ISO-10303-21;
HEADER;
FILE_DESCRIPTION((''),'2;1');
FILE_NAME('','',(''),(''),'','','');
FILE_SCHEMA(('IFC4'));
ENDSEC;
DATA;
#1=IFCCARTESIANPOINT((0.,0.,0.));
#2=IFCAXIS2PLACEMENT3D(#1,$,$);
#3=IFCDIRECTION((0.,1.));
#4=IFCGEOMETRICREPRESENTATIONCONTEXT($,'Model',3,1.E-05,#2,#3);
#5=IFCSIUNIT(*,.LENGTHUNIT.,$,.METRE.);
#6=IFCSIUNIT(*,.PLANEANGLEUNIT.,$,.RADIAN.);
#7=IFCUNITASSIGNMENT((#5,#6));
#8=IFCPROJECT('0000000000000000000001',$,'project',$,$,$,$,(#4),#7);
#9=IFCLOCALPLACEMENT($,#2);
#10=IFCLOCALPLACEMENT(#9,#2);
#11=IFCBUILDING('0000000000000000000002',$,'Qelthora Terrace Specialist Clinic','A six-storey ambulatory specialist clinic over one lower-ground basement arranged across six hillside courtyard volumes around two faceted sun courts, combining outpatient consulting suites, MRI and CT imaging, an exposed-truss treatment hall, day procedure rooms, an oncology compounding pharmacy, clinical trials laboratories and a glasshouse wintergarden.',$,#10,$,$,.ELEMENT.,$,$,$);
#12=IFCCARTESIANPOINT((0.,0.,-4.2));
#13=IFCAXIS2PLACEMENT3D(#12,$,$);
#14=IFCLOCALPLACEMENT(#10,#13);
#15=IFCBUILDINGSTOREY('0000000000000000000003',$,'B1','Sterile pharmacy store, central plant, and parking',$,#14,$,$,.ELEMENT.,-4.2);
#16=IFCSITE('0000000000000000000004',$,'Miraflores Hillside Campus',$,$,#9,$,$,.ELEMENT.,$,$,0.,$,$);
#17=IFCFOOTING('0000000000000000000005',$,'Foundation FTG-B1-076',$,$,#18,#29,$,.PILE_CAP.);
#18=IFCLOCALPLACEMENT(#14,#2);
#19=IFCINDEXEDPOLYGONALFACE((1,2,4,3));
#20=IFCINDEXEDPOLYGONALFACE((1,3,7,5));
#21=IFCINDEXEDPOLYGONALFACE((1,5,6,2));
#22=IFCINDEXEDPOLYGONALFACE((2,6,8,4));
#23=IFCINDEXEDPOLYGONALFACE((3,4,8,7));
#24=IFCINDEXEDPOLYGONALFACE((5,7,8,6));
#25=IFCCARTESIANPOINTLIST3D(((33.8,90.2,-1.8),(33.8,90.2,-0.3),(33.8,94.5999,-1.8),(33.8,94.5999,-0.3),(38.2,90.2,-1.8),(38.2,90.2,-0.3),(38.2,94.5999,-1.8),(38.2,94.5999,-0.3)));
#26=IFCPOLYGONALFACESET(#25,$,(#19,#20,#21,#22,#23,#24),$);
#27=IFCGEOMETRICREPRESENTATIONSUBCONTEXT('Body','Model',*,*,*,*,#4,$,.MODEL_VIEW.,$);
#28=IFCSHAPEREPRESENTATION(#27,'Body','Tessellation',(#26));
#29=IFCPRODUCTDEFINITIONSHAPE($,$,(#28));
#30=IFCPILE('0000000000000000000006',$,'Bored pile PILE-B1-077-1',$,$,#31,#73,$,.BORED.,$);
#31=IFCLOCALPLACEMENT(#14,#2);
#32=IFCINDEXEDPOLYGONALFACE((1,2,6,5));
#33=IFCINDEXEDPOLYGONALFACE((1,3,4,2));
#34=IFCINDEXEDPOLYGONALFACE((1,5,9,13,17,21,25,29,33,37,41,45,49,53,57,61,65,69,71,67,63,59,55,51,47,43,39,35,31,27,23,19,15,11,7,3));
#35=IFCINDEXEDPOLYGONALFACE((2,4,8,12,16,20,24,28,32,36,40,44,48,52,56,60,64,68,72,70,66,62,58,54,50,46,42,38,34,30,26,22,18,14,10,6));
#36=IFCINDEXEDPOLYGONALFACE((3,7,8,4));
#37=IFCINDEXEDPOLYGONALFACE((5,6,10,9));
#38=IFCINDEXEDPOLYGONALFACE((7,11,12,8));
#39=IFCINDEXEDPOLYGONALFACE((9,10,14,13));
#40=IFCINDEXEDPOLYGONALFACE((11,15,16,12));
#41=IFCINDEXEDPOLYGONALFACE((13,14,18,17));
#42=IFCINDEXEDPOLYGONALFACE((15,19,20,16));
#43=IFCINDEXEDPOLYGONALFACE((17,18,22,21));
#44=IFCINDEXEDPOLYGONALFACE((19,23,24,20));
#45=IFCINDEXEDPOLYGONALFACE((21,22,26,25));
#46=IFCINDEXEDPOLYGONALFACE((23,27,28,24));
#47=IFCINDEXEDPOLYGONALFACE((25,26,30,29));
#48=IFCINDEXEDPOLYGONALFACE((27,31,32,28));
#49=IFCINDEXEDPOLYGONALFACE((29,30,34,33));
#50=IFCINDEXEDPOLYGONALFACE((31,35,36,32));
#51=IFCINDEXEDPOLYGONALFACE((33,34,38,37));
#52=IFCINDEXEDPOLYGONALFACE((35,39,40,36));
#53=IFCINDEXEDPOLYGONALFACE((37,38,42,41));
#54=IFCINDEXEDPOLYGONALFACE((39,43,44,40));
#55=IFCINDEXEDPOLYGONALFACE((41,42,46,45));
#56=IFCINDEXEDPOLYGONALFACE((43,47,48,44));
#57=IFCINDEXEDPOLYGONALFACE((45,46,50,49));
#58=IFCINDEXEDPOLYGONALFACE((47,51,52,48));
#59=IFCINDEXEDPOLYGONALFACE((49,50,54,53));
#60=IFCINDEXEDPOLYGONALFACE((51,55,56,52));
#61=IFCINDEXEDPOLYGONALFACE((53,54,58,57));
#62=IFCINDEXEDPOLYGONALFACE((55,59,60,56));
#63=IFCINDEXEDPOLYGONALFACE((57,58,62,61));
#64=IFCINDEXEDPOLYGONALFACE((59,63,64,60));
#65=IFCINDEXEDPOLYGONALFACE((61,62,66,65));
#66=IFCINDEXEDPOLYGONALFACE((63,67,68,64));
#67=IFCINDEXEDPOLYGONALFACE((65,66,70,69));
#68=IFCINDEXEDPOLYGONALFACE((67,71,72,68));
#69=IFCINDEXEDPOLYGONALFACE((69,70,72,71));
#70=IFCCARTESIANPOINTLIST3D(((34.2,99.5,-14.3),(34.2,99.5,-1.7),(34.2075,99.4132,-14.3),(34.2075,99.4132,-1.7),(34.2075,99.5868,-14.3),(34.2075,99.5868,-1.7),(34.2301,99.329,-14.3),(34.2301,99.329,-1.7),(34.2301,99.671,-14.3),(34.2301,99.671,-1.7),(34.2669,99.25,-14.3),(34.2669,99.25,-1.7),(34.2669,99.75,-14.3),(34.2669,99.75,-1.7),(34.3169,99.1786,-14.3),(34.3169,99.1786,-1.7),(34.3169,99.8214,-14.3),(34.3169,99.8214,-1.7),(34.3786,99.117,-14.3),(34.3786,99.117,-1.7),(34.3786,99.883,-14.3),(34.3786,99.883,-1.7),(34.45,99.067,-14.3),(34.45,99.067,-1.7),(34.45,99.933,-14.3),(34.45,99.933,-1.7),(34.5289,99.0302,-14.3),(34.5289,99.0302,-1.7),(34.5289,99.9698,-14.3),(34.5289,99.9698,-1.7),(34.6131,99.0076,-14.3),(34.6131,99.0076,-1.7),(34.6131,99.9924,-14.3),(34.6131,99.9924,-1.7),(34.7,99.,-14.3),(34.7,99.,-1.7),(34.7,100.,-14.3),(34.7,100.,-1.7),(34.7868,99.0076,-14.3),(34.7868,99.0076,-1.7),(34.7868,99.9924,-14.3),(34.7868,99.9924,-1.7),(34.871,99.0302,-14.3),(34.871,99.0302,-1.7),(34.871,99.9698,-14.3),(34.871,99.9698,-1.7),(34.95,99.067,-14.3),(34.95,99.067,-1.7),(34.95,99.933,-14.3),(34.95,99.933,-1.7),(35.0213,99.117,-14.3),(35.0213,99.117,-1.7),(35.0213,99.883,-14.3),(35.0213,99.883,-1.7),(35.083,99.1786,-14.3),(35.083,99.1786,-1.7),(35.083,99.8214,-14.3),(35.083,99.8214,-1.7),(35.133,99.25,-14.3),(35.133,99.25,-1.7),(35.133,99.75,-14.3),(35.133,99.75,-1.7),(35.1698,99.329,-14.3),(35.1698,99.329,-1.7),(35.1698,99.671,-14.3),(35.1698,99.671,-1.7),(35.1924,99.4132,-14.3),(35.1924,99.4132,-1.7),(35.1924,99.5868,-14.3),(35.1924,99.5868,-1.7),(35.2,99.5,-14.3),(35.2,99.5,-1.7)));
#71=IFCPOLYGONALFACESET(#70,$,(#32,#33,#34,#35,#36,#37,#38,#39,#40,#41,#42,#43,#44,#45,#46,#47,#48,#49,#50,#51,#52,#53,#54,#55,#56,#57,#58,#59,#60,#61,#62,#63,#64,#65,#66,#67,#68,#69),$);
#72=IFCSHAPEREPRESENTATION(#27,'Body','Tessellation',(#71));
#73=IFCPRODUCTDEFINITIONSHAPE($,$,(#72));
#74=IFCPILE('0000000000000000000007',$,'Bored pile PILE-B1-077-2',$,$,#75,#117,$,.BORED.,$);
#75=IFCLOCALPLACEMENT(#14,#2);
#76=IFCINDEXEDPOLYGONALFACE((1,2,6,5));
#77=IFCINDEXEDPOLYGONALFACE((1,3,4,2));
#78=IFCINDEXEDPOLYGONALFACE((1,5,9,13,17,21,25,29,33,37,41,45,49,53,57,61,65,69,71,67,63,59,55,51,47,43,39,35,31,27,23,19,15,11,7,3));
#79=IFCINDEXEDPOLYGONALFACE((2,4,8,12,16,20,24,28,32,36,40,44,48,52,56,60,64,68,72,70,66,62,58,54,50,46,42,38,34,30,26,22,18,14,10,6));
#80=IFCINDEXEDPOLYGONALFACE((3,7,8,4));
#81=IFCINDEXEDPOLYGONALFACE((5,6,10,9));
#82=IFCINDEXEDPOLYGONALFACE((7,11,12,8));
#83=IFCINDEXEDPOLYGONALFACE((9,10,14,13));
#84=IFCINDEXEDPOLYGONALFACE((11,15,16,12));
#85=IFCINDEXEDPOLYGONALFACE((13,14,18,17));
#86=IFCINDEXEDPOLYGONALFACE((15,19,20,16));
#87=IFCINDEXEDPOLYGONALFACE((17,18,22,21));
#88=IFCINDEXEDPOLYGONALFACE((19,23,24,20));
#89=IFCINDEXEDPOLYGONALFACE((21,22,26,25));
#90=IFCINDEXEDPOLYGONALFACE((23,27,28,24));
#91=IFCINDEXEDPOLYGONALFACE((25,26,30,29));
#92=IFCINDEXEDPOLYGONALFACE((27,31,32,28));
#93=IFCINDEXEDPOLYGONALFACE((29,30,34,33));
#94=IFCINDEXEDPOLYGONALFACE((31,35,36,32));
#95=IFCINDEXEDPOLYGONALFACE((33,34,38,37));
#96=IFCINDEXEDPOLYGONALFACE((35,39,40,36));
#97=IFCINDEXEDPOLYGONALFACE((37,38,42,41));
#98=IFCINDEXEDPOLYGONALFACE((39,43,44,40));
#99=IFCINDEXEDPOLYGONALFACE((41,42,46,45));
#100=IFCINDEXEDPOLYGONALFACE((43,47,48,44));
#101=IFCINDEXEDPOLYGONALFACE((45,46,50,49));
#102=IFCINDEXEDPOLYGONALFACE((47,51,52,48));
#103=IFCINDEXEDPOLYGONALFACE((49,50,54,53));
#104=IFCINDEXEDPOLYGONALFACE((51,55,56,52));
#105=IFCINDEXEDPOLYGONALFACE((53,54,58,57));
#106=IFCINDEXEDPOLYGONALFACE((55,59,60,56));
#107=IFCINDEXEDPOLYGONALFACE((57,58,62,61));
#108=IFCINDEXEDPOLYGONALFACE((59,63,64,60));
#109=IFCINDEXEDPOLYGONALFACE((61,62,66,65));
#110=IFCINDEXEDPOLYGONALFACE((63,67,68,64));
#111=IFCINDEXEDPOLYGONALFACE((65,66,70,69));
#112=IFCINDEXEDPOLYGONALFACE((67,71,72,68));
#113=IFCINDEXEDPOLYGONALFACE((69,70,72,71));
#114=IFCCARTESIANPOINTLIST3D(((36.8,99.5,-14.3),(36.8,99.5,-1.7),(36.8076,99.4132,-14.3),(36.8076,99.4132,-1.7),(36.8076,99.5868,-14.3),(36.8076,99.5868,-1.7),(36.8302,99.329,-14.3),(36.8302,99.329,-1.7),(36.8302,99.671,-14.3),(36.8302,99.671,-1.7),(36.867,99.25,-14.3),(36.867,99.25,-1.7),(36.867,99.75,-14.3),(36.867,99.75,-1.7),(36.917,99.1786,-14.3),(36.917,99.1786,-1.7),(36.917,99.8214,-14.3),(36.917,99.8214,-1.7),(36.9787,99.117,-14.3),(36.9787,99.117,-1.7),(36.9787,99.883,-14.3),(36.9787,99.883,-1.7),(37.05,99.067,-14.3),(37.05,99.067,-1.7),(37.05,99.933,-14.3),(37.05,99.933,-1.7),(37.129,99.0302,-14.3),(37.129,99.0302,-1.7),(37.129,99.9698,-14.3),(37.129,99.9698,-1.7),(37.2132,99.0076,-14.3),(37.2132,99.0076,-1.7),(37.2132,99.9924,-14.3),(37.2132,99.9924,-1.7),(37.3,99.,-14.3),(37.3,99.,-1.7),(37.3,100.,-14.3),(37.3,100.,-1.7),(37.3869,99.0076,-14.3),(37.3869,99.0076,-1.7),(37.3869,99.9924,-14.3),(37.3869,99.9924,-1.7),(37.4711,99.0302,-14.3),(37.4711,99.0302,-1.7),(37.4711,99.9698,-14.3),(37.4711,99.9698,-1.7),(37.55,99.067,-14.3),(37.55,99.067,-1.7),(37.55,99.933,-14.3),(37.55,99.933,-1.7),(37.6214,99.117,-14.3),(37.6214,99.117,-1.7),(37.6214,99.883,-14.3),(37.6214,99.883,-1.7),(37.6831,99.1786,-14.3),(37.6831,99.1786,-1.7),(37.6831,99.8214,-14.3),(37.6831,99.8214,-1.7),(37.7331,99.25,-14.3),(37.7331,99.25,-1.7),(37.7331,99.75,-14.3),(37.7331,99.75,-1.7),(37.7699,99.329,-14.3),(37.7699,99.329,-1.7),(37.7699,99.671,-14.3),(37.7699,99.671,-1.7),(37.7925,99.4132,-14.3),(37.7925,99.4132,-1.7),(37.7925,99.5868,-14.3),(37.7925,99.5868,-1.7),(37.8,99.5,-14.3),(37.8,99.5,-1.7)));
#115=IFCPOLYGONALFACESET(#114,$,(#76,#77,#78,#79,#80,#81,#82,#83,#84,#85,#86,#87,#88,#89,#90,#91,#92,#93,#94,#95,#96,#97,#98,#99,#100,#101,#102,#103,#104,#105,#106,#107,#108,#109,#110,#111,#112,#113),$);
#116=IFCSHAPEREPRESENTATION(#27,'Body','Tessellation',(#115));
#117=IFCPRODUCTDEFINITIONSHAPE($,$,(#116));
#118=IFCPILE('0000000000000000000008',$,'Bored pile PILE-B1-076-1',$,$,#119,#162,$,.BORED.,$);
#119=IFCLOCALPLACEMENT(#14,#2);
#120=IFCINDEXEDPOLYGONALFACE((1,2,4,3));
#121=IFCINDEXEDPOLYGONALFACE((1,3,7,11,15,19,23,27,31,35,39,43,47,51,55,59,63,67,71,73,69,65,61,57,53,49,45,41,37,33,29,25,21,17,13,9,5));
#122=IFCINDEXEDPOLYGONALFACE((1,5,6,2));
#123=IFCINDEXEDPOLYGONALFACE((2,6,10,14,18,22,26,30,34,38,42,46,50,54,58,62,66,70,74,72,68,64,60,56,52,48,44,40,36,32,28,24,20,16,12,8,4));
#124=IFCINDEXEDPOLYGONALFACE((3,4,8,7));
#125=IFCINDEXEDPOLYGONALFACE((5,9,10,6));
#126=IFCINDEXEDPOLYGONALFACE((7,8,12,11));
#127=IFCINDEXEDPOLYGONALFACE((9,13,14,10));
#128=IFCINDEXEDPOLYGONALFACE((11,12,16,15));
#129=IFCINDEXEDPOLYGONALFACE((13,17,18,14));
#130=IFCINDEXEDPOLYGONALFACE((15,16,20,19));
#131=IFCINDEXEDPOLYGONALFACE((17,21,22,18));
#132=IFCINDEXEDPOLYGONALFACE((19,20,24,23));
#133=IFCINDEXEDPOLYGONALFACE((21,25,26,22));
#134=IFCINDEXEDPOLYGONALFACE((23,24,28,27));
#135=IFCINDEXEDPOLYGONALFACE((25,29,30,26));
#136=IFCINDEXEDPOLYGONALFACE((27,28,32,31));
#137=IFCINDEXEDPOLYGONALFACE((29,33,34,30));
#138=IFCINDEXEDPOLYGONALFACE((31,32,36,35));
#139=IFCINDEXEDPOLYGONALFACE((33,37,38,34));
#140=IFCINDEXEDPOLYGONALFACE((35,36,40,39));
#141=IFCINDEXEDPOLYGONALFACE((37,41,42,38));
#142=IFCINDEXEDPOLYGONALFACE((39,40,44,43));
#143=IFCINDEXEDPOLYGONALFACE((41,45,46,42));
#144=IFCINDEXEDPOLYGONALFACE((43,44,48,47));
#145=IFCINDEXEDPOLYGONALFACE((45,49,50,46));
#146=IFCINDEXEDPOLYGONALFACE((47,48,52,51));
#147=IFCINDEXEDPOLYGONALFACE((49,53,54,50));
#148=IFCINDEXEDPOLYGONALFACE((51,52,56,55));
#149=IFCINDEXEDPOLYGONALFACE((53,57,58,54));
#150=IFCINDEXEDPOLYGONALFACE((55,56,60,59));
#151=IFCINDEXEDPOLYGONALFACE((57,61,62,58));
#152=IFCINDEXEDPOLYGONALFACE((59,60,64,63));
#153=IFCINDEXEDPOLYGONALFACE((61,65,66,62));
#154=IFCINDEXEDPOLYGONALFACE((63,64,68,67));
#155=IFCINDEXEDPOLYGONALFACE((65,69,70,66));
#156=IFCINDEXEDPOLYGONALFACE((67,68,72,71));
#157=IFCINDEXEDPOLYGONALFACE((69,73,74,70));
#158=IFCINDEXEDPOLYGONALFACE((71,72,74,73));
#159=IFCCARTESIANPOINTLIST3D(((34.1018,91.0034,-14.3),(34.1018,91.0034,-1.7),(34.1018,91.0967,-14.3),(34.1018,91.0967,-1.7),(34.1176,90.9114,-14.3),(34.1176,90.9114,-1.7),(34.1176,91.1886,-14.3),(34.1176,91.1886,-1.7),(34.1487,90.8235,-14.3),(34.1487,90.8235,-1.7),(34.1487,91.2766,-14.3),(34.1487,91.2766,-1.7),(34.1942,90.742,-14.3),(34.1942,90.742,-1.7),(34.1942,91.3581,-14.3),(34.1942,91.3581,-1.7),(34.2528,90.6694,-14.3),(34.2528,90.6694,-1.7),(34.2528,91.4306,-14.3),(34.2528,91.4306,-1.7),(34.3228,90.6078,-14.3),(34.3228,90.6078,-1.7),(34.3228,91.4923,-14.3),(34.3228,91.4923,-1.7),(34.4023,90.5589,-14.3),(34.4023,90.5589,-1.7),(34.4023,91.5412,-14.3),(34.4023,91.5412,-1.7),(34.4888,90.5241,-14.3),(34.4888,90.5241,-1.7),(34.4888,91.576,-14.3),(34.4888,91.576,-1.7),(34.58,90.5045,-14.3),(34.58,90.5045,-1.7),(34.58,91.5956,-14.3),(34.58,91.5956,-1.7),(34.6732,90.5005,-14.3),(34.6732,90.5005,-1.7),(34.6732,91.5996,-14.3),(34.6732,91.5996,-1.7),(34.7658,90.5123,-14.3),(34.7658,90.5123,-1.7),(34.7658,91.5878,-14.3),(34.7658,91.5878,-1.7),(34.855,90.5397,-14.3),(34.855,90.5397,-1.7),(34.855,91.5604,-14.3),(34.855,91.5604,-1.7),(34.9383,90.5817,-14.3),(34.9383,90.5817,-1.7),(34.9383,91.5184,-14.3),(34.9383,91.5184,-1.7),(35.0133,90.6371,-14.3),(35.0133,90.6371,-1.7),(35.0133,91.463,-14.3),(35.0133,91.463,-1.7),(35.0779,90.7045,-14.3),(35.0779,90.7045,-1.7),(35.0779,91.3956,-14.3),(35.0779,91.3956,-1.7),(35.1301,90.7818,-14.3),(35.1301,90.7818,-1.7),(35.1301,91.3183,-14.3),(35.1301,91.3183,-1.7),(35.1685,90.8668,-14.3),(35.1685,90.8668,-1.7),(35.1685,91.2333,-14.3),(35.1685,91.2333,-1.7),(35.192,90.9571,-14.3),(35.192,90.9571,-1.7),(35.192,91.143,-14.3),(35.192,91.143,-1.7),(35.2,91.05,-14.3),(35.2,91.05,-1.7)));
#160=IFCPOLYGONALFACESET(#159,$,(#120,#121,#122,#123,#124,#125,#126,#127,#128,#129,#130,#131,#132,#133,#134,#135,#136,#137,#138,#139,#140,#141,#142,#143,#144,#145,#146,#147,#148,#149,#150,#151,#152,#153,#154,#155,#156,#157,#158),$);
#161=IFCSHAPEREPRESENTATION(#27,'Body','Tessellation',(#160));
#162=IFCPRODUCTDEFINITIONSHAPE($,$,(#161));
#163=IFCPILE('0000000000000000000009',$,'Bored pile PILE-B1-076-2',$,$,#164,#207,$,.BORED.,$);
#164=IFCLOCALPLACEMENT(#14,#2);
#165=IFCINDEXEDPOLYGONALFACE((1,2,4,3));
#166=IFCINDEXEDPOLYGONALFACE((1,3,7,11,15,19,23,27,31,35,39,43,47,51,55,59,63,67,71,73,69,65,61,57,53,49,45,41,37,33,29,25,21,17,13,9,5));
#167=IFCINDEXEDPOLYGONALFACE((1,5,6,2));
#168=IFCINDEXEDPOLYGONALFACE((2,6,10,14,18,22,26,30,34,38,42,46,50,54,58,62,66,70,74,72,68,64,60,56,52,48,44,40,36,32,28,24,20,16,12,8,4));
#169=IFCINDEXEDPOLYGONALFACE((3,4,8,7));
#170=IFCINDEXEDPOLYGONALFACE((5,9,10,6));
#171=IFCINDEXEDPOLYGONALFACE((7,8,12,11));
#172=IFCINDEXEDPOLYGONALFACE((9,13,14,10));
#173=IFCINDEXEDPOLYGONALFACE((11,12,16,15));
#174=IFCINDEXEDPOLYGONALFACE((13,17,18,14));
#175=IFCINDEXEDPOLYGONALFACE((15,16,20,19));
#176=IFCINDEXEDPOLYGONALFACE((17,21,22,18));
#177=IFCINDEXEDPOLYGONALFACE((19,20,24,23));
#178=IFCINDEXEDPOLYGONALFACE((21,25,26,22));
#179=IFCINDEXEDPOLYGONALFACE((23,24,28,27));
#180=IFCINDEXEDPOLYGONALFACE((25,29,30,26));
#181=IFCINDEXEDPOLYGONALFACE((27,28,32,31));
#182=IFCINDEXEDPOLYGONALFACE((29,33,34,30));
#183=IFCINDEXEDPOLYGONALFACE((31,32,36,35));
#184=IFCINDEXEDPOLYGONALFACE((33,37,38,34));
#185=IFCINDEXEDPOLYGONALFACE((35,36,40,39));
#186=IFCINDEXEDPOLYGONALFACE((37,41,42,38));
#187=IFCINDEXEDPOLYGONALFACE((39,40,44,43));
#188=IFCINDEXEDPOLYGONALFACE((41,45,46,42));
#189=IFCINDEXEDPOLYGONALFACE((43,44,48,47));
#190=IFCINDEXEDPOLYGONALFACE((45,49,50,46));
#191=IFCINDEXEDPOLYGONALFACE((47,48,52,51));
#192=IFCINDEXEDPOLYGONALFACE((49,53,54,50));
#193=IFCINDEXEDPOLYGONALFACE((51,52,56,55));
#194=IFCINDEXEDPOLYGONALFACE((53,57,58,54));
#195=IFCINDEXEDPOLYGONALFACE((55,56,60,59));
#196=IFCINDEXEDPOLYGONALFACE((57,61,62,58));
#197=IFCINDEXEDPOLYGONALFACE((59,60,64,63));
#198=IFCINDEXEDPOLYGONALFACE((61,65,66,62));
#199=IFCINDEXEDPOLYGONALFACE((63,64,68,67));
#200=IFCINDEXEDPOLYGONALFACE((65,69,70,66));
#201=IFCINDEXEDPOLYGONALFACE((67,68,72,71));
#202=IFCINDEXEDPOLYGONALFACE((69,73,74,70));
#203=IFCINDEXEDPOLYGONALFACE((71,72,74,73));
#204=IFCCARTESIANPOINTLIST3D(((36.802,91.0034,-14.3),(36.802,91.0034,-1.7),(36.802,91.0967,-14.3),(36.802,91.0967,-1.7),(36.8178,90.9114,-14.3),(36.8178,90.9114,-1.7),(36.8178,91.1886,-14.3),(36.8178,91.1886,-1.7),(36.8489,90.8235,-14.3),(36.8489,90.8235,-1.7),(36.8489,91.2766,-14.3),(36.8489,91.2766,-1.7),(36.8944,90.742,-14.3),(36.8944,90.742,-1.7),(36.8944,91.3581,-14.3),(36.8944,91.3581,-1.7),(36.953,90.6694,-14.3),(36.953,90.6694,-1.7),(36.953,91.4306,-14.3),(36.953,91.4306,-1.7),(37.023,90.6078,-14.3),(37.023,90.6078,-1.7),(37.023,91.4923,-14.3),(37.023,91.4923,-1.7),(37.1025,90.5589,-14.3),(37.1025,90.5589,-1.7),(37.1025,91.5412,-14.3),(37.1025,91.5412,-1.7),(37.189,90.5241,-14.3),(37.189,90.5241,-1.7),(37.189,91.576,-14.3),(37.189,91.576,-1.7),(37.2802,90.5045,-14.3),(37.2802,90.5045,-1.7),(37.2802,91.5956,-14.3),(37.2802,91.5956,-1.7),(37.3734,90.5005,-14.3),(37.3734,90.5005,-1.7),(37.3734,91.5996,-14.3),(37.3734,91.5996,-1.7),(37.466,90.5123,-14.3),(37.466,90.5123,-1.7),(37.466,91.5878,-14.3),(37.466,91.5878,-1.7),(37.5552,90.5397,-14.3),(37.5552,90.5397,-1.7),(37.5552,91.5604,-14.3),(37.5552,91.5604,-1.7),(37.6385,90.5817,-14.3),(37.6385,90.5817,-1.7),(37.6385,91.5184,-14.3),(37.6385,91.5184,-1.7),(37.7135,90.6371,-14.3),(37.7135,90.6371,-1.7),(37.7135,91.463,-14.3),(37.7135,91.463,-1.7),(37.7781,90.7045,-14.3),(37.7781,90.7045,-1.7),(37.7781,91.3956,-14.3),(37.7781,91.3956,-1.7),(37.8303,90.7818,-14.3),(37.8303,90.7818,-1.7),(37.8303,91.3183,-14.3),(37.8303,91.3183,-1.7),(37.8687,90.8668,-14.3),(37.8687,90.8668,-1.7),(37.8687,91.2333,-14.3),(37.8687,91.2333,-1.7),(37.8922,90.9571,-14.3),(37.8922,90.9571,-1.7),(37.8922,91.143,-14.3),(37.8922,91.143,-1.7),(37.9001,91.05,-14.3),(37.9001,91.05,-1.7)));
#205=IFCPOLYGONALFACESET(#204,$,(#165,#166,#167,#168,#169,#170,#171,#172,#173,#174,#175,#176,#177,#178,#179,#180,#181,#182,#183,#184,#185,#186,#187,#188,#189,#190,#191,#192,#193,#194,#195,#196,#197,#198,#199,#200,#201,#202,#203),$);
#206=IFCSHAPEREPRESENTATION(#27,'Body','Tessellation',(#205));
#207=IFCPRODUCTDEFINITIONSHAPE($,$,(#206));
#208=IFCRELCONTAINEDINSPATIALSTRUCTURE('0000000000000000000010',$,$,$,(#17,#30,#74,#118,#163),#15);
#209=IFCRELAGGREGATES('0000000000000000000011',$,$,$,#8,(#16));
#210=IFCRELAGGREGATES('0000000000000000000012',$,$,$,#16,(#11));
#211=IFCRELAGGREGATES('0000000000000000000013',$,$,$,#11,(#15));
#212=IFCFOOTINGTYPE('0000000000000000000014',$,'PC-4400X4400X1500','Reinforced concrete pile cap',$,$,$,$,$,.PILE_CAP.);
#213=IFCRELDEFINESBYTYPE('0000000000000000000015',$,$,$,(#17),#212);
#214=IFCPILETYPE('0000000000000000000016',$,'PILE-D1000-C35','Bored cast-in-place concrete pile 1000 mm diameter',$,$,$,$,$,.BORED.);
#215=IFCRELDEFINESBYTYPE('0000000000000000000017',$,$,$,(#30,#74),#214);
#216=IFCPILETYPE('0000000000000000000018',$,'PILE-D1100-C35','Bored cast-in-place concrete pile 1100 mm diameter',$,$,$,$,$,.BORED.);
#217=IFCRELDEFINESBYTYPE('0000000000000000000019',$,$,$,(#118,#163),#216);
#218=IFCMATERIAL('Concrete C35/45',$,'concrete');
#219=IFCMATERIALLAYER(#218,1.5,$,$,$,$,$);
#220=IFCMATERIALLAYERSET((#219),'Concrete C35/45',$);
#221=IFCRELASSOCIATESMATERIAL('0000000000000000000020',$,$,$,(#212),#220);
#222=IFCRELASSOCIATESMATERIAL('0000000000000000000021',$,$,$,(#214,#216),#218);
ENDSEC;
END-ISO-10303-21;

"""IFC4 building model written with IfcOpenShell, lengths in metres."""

from ifc_helpers import new_model, si_unit, direction, frame, origin, origin_2d, place, context, subcontext, project, spatial, rectangle, circle, extrude, material, layer, layer_set, material_profile, profile_set, type_object, element, save


model = new_model("IFC4")

# Units and contexts
model_context = context("Model", 3, precision=1e-05, world=origin(), true_north=direction((0.0, 1.0)))
body_context = subcontext(model_context, "Body", "Model", "MODEL_VIEW")
ifc_project = project(units=[si_unit("LENGTHUNIT", "METRE"), si_unit("PLANEANGLEUNIT", "RADIAN")], contexts=[model_context])

# Site, building, storey
site_placement = place(None, origin())
site = spatial("IfcSite", under=ifc_project, at=site_placement, Name="Miraflores Hillside Campus", CompositionType="ELEMENT", RefElevation=0.0)
building_placement = place(site_placement, origin())
building = spatial("IfcBuilding", under=site, at=building_placement, Name="Qelthora Terrace Specialist Clinic", Description="A six-storey ambulatory specialist clinic over one lower-ground basement arranged across six hillside courtyard volumes around two faceted sun courts, combining outpatient consulting suites, MRI and CT imaging, an exposed-truss treatment hall, day procedure rooms, an oncology compounding pharmacy, clinical trials laboratories and a glasshouse wintergarden.", CompositionType="ELEMENT")
storey_placement = place(building_placement, frame((0.0, 0.0, -4.2)))
storey = spatial("IfcBuildingStorey", under=building, at=storey_placement, Name="B1", Description="Sterile pharmacy store, central plant, and parking", CompositionType="ELEMENT", Elevation=-4.2)

# Footing
ifc_material_1 = material(Name="Concrete C35/45", Category="concrete")
ifc_layer_1 = layer(ifc_material_1, 1.5)
ifc_layer_set_1 = layer_set([ifc_layer_1], Name="Concrete C35/45")
footing_type = type_object("IfcFootingType", Name="PC-4400X4400X1500", Description="Reinforced concrete pile cap", PredefinedType="PILE_CAP", material=ifc_layer_set_1)
footing_placement = place(storey_placement, frame((36.0, 92.3999, -1.8), z_axis=(0.0, 0.0, 1.0), x_axis=(1.0, 0.0, 0.0)))
element("IfcFooting", 1, at=footing_placement, inside=storey, type_object=footing_type, Name="Foundation FTG-B1-076", PredefinedType="PILE_CAP", context=body_context, shape_type="SweptSolid", body=[
    extrude(rectangle(XDim=4.3999, YDim=4.3999, at=origin_2d()), origin(), (0.0, 0.0, 1.0), 1.5),
])

# Piles
ifc_material_profile_1 = material_profile(ifc_material_1, circle(Radius=0.5, at=origin_2d()), Name="PILE1000")
ifc_profile_set_1 = profile_set([ifc_material_profile_1], Name="Concrete C35/45")
pile_type_1 = type_object("IfcPileType", Name="PILE-D1000-C35", Description="Bored cast-in-place concrete pile 1000 mm diameter", PredefinedType="BORED", material=ifc_profile_set_1)
for number, where, z_axis, x_axis, name in (
    (2, (34.7, 99.5, -1.7), (0.0, 0.0, -1.0), (1.0, 0.0, 0.0), "Bored pile PILE-B1-077-1"),
    (3, (37.3, 99.5, -1.7), (0.0, 0.0, -1.0), (1.0, 0.0, 0.0), "Bored pile PILE-B1-077-2"),
):
    element("IfcPile", number, at=place(storey_placement, frame(where, z_axis=z_axis, x_axis=x_axis)), inside=storey, type_object=pile_type_1, Name=name, PredefinedType="BORED", context=body_context, shape_type="SweptSolid", body=[
        extrude(circle(Radius=0.5, at=origin_2d()), origin(), (0.0, 0.0, 1.0), 12.6001),
    ])
ifc_material_profile_2 = material_profile(ifc_material_1, circle(Radius=0.55, at=origin_2d()), Name="PILE1100")
ifc_profile_set_2 = profile_set([ifc_material_profile_2], Name="Concrete C35/45")
pile_type_2 = type_object("IfcPileType", Name="PILE-D1100-C35", Description="Bored cast-in-place concrete pile 1100 mm diameter", PredefinedType="BORED", material=ifc_profile_set_2)
for number, where, z_axis, x_axis, name in (
    (4, (34.6499, 91.05, -1.7), (0.0, 0.0, -1.0), (1.0, 0.0, 0.0), "Bored pile PILE-B1-076-1"),
    (5, (37.3501, 91.05, -1.7), (0.0, 0.0, -1.0), (1.0, 0.0, 0.0), "Bored pile PILE-B1-076-2"),
):
    element("IfcPile", number, at=place(storey_placement, frame(where, z_axis=z_axis, x_axis=x_axis)), inside=storey, type_object=pile_type_2, Name=name, PredefinedType="BORED", context=body_context, shape_type="SweptSolid", body=[
        extrude(circle(Radius=0.55, at=origin_2d()), origin(), (0.0, 0.0, 1.0), 12.6001),
    ])

save(model, "model.ifc")
